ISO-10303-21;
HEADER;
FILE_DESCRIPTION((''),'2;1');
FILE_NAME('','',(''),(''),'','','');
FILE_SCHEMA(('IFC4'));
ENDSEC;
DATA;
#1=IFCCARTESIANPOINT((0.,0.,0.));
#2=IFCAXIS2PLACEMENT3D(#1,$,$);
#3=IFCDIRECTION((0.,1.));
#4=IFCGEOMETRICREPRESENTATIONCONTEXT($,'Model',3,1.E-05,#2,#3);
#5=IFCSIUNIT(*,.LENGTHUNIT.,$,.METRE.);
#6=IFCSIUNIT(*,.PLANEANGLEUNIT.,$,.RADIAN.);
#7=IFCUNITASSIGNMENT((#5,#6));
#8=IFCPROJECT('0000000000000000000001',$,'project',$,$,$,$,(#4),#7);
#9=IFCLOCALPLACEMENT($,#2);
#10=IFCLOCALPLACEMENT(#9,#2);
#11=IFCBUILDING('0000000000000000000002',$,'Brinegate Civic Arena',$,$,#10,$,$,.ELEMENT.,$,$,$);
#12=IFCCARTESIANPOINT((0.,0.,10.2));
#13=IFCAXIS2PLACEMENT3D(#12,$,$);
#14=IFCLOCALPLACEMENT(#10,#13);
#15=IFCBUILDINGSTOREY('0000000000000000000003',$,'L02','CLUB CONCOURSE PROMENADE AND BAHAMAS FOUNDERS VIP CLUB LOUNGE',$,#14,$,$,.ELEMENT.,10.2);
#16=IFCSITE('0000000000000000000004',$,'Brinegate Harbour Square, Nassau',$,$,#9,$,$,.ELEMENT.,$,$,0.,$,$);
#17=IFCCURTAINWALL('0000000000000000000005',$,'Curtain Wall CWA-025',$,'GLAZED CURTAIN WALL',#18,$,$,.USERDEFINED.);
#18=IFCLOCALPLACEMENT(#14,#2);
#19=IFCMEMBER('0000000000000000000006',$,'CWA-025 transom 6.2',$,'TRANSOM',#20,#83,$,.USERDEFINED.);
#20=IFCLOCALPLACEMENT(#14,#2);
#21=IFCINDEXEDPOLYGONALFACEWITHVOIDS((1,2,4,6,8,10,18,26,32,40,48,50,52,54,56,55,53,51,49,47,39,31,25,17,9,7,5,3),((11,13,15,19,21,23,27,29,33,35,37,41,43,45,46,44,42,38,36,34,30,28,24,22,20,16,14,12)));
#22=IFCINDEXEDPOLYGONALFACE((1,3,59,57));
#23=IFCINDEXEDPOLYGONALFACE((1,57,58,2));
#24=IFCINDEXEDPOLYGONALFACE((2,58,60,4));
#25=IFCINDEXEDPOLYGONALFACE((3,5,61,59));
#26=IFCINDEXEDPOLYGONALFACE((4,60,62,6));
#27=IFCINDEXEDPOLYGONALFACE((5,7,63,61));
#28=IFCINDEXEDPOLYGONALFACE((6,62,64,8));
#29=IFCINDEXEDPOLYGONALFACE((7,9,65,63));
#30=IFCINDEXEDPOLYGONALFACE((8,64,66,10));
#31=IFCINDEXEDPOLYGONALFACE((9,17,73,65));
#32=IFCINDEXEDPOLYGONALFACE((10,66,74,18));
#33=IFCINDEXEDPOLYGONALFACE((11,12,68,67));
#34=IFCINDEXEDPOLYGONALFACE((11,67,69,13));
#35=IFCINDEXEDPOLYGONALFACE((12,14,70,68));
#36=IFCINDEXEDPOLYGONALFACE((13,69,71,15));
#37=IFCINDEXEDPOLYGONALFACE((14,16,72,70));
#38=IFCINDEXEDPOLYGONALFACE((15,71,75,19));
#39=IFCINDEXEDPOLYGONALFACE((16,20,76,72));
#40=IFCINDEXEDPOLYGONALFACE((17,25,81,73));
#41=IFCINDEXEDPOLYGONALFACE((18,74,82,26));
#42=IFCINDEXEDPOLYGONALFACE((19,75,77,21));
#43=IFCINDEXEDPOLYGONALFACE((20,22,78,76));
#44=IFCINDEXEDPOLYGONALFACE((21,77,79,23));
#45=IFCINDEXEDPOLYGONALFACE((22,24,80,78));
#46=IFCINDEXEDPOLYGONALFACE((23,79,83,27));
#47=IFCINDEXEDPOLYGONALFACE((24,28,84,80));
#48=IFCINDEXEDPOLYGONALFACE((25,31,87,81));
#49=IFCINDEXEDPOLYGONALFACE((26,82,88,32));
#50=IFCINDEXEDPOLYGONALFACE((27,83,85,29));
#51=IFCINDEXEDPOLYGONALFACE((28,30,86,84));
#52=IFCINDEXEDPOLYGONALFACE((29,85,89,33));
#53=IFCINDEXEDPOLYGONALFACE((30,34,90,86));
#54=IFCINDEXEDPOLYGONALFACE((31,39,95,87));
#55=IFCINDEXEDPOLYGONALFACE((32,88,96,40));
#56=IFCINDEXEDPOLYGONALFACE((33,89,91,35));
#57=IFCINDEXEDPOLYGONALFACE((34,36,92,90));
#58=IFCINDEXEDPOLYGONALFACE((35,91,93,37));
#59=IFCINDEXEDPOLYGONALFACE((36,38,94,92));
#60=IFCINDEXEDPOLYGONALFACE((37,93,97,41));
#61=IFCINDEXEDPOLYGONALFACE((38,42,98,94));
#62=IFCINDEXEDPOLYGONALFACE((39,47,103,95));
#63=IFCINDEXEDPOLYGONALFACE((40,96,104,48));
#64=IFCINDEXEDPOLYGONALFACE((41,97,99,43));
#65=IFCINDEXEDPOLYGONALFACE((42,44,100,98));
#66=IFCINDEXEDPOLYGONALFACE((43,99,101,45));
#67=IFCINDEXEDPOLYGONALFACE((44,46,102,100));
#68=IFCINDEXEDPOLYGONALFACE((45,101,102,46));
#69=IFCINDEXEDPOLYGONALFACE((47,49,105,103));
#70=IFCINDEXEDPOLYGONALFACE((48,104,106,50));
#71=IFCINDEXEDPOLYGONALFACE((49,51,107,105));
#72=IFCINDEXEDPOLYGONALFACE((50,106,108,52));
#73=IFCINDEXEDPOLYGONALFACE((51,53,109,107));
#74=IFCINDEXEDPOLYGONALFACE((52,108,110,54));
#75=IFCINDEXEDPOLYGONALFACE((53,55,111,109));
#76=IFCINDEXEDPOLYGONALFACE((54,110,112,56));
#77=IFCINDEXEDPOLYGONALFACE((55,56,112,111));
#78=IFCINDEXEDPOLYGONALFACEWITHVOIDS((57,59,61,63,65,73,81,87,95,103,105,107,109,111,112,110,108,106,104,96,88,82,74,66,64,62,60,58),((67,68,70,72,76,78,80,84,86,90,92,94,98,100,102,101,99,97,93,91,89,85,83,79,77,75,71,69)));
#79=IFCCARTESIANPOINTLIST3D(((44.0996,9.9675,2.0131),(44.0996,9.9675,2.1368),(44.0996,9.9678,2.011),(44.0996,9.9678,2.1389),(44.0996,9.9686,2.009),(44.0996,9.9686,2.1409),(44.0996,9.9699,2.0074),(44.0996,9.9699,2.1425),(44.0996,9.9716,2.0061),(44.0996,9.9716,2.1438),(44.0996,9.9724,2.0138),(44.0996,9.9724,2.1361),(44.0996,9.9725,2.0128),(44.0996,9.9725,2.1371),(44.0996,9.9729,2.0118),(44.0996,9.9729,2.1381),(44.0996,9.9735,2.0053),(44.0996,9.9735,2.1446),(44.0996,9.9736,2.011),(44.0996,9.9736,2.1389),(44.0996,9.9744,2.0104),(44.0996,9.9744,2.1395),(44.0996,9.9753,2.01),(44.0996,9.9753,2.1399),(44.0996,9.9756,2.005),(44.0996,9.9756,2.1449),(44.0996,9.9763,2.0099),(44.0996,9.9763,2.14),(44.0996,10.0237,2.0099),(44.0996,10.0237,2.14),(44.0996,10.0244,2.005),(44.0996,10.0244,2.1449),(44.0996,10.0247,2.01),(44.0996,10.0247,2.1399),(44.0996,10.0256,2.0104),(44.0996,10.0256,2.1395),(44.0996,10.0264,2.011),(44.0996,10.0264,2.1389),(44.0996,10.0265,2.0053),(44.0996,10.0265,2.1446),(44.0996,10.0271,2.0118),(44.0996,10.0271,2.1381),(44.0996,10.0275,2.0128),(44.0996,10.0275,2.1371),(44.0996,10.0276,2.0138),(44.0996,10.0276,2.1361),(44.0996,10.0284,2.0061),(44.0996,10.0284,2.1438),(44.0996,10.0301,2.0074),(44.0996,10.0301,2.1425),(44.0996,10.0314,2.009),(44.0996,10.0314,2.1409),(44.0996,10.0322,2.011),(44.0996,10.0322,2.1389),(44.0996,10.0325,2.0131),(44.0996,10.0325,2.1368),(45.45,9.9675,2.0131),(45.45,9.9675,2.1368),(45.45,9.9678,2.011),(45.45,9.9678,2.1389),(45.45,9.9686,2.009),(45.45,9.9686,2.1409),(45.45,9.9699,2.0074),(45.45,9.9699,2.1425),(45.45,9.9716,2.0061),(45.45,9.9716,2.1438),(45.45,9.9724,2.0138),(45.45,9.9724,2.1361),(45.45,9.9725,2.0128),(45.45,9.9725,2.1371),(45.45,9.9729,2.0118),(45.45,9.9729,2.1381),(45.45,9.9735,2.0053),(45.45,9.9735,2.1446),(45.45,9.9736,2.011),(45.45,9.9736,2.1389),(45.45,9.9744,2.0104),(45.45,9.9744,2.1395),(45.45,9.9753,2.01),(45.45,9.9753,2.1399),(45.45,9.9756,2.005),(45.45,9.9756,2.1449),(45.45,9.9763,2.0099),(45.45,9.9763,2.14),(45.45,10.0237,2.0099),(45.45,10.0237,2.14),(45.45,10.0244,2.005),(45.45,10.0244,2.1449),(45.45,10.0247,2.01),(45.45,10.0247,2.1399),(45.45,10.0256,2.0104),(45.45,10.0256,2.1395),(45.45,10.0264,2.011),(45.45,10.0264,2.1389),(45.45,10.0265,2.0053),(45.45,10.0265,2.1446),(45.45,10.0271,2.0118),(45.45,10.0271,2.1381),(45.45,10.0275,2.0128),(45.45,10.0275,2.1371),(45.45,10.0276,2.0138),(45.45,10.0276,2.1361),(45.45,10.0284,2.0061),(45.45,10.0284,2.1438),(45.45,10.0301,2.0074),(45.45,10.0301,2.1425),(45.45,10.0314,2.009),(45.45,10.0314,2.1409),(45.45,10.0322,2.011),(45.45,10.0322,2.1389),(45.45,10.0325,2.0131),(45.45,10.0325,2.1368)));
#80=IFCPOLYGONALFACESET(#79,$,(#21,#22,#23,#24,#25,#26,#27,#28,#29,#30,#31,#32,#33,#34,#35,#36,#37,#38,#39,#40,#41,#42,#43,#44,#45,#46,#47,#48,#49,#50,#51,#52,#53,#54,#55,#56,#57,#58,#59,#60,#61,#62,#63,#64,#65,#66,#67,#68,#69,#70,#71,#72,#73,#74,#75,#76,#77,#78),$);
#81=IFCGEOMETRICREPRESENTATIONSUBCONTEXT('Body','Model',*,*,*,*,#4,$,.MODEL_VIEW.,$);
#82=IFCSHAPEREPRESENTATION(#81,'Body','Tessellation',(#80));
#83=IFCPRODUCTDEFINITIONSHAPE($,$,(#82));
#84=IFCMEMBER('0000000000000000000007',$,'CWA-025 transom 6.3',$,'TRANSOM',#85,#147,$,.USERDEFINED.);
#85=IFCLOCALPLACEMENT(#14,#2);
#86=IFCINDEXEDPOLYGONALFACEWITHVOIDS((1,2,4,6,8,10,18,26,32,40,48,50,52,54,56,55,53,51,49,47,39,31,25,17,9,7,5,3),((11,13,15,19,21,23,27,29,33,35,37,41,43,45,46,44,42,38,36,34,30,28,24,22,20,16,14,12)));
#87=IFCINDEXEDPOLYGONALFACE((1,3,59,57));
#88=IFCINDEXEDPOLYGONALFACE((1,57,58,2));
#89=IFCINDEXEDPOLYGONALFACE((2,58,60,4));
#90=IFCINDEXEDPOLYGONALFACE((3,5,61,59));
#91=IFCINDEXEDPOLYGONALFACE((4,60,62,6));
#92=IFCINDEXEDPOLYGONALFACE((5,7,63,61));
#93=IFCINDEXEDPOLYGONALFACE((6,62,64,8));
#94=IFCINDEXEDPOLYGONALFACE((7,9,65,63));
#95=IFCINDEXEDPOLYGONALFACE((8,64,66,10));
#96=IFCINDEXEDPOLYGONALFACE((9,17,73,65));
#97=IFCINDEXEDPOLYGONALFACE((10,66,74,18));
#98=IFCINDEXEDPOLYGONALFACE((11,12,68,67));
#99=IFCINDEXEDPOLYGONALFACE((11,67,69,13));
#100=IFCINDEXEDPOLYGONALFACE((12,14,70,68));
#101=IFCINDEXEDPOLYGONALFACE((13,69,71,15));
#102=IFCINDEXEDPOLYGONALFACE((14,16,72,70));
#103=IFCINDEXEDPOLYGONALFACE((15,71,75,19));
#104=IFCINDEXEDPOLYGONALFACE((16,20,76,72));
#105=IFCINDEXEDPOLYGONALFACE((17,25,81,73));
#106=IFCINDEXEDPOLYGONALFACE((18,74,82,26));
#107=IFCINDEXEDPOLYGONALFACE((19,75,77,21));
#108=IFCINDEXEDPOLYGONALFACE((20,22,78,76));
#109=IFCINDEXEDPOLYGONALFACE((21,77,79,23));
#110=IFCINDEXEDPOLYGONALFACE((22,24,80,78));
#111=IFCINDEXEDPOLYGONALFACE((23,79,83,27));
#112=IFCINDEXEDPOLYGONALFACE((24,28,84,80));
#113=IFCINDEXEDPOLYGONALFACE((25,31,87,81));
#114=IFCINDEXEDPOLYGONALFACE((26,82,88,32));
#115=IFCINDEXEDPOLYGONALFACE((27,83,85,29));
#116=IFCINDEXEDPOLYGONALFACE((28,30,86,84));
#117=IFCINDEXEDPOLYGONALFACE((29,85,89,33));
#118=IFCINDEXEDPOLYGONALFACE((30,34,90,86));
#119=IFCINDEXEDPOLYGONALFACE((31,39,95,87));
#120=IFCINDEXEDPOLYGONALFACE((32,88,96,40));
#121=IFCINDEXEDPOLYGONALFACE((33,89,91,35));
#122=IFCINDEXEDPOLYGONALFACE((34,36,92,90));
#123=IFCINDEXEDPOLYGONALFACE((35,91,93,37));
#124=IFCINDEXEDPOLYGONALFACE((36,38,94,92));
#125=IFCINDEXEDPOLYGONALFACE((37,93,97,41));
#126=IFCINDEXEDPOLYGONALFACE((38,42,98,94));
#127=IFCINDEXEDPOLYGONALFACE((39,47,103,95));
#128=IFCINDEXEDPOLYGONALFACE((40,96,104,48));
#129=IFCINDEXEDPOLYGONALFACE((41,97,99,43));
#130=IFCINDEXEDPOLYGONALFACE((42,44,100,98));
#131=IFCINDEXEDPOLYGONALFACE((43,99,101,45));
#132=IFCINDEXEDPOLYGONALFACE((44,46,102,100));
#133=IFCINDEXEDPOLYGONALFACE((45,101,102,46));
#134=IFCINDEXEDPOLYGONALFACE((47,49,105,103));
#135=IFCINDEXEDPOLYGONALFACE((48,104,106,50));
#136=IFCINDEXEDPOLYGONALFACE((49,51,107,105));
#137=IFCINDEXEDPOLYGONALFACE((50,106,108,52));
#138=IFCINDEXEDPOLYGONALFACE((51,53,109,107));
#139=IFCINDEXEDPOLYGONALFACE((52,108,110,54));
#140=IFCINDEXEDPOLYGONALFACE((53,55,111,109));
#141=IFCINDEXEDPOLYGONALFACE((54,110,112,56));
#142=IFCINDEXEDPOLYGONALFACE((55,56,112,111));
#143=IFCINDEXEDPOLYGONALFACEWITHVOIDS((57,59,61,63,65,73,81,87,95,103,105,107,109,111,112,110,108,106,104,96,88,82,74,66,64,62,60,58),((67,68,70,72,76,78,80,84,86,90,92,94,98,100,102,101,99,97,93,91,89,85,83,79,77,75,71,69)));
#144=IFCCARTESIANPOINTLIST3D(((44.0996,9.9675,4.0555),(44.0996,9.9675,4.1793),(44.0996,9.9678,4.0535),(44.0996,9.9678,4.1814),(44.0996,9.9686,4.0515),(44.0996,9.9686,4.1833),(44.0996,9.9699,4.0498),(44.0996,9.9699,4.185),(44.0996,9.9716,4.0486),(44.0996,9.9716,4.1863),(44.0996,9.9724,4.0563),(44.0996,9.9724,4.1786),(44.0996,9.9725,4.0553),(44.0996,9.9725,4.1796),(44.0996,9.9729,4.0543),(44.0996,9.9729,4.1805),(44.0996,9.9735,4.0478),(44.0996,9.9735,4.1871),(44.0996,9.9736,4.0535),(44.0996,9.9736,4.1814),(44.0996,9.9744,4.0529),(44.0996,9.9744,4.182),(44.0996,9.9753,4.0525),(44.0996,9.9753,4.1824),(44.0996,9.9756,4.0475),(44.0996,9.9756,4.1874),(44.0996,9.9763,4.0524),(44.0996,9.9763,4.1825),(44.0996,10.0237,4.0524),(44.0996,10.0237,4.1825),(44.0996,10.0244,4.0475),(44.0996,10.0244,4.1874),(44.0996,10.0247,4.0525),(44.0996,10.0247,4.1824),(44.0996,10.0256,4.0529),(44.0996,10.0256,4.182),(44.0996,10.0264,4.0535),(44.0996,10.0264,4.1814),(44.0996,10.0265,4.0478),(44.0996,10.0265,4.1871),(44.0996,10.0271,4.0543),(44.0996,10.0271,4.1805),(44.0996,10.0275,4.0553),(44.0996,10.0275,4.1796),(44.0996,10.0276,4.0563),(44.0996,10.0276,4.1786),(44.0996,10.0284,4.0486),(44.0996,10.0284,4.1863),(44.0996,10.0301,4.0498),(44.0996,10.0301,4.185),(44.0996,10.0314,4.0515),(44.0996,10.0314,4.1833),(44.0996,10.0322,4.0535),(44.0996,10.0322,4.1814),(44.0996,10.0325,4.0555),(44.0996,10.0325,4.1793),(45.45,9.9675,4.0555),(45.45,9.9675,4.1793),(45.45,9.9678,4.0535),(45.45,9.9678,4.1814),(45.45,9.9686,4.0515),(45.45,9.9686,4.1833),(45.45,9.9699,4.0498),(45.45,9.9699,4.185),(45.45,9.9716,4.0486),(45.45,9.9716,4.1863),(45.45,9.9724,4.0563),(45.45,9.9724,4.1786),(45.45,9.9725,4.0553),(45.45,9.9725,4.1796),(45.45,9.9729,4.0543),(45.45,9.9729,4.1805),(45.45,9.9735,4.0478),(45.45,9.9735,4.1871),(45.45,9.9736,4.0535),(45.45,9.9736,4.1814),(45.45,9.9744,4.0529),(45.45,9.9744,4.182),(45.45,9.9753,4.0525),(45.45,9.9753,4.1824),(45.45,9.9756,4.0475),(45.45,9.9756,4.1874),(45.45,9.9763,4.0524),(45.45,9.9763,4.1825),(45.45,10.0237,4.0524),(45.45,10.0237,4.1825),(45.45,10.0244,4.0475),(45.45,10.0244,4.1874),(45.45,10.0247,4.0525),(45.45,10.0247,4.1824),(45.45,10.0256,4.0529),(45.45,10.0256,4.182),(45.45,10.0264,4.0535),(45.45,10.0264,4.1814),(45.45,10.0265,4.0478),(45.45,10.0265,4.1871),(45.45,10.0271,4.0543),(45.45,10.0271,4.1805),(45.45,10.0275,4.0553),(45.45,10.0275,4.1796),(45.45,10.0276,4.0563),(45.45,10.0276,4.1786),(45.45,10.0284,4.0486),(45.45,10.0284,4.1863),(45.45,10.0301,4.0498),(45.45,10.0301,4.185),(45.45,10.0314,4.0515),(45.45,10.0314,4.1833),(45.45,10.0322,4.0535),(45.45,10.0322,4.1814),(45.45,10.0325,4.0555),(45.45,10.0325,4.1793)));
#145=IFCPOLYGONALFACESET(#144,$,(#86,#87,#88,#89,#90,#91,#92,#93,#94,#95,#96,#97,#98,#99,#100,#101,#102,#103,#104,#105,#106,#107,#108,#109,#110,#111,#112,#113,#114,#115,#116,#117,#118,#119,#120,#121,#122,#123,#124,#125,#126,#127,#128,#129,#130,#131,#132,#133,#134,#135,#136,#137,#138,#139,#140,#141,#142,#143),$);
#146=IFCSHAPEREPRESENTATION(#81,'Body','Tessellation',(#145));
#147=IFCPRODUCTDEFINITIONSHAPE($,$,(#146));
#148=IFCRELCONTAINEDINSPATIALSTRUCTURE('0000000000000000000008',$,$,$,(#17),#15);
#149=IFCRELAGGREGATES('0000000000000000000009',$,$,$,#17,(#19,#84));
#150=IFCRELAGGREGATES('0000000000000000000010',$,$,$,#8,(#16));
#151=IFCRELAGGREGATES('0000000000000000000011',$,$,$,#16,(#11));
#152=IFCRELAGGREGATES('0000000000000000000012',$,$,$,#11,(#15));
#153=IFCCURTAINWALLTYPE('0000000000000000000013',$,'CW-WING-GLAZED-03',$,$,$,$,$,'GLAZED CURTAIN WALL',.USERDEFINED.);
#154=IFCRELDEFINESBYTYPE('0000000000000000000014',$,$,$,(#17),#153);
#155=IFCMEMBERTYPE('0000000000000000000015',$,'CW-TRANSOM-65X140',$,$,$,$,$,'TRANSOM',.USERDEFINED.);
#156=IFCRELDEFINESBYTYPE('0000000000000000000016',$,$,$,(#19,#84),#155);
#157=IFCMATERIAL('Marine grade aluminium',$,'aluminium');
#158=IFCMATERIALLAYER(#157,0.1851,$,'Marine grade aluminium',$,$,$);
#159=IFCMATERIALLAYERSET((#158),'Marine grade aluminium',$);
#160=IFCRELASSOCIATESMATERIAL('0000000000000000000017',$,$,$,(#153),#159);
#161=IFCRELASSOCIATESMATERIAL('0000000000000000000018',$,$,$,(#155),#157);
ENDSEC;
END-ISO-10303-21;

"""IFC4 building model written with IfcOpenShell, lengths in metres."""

from ifc_helpers import new_model, si_unit, direction, frame, origin, origin_2d, place, context, subcontext, project, spatial, hollow_rectangle, extrude, material, layer, layer_set, material_profile, profile_set, type_object, element, aggregate, save


model = new_model("IFC4")

# Units and contexts
model_context = context("Model", 3, precision=1e-05, world=origin(), true_north=direction((0.0, 1.0)))
body_context = subcontext(model_context, "Body", "Model", "MODEL_VIEW")
ifc_project = project(units=[si_unit("LENGTHUNIT", "METRE"), si_unit("PLANEANGLEUNIT", "RADIAN")], contexts=[model_context])

# Site, building, storey
site_placement = place(None, origin())
site = spatial("IfcSite", under=ifc_project, at=site_placement, Name="Brinegate Harbour Square, Nassau", CompositionType="ELEMENT", RefElevation=0.0)
building_placement = place(site_placement, origin())
building = spatial("IfcBuilding", under=site, at=building_placement, Name="Brinegate Civic Arena", CompositionType="ELEMENT")
storey_placement = place(building_placement, frame((0.0, 0.0, 10.2)))
storey = spatial("IfcBuildingStorey", under=building, at=storey_placement, Name="L02", Description="CLUB CONCOURSE PROMENADE AND BAHAMAS FOUNDERS VIP CLUB LOUNGE", CompositionType="ELEMENT", Elevation=10.2)

# Curtain wall
ifc_material_1 = material(Name="Marine grade aluminium", Category="aluminium")
ifc_layer_1 = layer(ifc_material_1, 0.1851, Name="Marine grade aluminium")
ifc_layer_set_1 = layer_set([ifc_layer_1], Name="Marine grade aluminium")
curtain_wall_type_1 = type_object("IfcCurtainWallType", Name="CW-WING-GLAZED-03", ElementType="GLAZED CURTAIN WALL", PredefinedType="USERDEFINED", material=ifc_layer_set_1)
curtain_wall_1_placement = place(storey_placement, origin())
curtain_wall_1 = element("IfcCurtainWall", 1, at=curtain_wall_1_placement, inside=storey, type_object=curtain_wall_type_1, Name="Curtain Wall CWA-025", ObjectType="GLAZED CURTAIN WALL", PredefinedType="USERDEFINED")

# Members
ifc_material_profile_1 = material_profile(ifc_material_1, hollow_rectangle(XDim=0.0649, YDim=0.1399, WallThickness=0.0049, InnerFilletRadius=0.0039, OuterFilletRadius=0.0081, at=origin_2d()), Name="TRN65X140")
ifc_profile_set_1 = profile_set([ifc_material_profile_1], Name="Marine grade aluminium")
member_type_1 = type_object("IfcMemberType", Name="CW-TRANSOM-65X140", ElementType="TRANSOM", PredefinedType="USERDEFINED", material=ifc_profile_set_1)
member_1_placement = place(storey_placement, frame((44.0996, 10.0, 2.075), z_axis=(1.0, 0.0, 0.0), x_axis=(0.0, 1.0, 0.0)))
member_1 = element("IfcMember", 2, at=member_1_placement, type_object=member_type_1, Name="CWA-025 transom 6.2", ObjectType="TRANSOM", PredefinedType="USERDEFINED", context=body_context, shape_type="SweptSolid", body=[
    extrude(hollow_rectangle(XDim=0.0649, YDim=0.1399, WallThickness=0.0049, InnerFilletRadius=0.0039, OuterFilletRadius=0.0081, at=origin_2d()), origin(), (0.0, 0.0, 1.0), 1.3503),
])
member_2_placement = place(storey_placement, frame((44.0996, 10.0, 4.1174), z_axis=(1.0, 0.0, 0.0), x_axis=(0.0, 1.0, 0.0)))
member_2 = element("IfcMember", 3, at=member_2_placement, type_object=member_type_1, Name="CWA-025 transom 6.3", ObjectType="TRANSOM", PredefinedType="USERDEFINED", context=body_context, shape_type="SweptSolid", body=[
    extrude(hollow_rectangle(XDim=0.0649, YDim=0.1399, WallThickness=0.0049, InnerFilletRadius=0.0039, OuterFilletRadius=0.0081, at=origin_2d()), origin(), (0.0, 0.0, 1.0), 1.3503),
])

aggregate(curtain_wall_1, [member_1, member_2])

save(model, "model.ifc")
